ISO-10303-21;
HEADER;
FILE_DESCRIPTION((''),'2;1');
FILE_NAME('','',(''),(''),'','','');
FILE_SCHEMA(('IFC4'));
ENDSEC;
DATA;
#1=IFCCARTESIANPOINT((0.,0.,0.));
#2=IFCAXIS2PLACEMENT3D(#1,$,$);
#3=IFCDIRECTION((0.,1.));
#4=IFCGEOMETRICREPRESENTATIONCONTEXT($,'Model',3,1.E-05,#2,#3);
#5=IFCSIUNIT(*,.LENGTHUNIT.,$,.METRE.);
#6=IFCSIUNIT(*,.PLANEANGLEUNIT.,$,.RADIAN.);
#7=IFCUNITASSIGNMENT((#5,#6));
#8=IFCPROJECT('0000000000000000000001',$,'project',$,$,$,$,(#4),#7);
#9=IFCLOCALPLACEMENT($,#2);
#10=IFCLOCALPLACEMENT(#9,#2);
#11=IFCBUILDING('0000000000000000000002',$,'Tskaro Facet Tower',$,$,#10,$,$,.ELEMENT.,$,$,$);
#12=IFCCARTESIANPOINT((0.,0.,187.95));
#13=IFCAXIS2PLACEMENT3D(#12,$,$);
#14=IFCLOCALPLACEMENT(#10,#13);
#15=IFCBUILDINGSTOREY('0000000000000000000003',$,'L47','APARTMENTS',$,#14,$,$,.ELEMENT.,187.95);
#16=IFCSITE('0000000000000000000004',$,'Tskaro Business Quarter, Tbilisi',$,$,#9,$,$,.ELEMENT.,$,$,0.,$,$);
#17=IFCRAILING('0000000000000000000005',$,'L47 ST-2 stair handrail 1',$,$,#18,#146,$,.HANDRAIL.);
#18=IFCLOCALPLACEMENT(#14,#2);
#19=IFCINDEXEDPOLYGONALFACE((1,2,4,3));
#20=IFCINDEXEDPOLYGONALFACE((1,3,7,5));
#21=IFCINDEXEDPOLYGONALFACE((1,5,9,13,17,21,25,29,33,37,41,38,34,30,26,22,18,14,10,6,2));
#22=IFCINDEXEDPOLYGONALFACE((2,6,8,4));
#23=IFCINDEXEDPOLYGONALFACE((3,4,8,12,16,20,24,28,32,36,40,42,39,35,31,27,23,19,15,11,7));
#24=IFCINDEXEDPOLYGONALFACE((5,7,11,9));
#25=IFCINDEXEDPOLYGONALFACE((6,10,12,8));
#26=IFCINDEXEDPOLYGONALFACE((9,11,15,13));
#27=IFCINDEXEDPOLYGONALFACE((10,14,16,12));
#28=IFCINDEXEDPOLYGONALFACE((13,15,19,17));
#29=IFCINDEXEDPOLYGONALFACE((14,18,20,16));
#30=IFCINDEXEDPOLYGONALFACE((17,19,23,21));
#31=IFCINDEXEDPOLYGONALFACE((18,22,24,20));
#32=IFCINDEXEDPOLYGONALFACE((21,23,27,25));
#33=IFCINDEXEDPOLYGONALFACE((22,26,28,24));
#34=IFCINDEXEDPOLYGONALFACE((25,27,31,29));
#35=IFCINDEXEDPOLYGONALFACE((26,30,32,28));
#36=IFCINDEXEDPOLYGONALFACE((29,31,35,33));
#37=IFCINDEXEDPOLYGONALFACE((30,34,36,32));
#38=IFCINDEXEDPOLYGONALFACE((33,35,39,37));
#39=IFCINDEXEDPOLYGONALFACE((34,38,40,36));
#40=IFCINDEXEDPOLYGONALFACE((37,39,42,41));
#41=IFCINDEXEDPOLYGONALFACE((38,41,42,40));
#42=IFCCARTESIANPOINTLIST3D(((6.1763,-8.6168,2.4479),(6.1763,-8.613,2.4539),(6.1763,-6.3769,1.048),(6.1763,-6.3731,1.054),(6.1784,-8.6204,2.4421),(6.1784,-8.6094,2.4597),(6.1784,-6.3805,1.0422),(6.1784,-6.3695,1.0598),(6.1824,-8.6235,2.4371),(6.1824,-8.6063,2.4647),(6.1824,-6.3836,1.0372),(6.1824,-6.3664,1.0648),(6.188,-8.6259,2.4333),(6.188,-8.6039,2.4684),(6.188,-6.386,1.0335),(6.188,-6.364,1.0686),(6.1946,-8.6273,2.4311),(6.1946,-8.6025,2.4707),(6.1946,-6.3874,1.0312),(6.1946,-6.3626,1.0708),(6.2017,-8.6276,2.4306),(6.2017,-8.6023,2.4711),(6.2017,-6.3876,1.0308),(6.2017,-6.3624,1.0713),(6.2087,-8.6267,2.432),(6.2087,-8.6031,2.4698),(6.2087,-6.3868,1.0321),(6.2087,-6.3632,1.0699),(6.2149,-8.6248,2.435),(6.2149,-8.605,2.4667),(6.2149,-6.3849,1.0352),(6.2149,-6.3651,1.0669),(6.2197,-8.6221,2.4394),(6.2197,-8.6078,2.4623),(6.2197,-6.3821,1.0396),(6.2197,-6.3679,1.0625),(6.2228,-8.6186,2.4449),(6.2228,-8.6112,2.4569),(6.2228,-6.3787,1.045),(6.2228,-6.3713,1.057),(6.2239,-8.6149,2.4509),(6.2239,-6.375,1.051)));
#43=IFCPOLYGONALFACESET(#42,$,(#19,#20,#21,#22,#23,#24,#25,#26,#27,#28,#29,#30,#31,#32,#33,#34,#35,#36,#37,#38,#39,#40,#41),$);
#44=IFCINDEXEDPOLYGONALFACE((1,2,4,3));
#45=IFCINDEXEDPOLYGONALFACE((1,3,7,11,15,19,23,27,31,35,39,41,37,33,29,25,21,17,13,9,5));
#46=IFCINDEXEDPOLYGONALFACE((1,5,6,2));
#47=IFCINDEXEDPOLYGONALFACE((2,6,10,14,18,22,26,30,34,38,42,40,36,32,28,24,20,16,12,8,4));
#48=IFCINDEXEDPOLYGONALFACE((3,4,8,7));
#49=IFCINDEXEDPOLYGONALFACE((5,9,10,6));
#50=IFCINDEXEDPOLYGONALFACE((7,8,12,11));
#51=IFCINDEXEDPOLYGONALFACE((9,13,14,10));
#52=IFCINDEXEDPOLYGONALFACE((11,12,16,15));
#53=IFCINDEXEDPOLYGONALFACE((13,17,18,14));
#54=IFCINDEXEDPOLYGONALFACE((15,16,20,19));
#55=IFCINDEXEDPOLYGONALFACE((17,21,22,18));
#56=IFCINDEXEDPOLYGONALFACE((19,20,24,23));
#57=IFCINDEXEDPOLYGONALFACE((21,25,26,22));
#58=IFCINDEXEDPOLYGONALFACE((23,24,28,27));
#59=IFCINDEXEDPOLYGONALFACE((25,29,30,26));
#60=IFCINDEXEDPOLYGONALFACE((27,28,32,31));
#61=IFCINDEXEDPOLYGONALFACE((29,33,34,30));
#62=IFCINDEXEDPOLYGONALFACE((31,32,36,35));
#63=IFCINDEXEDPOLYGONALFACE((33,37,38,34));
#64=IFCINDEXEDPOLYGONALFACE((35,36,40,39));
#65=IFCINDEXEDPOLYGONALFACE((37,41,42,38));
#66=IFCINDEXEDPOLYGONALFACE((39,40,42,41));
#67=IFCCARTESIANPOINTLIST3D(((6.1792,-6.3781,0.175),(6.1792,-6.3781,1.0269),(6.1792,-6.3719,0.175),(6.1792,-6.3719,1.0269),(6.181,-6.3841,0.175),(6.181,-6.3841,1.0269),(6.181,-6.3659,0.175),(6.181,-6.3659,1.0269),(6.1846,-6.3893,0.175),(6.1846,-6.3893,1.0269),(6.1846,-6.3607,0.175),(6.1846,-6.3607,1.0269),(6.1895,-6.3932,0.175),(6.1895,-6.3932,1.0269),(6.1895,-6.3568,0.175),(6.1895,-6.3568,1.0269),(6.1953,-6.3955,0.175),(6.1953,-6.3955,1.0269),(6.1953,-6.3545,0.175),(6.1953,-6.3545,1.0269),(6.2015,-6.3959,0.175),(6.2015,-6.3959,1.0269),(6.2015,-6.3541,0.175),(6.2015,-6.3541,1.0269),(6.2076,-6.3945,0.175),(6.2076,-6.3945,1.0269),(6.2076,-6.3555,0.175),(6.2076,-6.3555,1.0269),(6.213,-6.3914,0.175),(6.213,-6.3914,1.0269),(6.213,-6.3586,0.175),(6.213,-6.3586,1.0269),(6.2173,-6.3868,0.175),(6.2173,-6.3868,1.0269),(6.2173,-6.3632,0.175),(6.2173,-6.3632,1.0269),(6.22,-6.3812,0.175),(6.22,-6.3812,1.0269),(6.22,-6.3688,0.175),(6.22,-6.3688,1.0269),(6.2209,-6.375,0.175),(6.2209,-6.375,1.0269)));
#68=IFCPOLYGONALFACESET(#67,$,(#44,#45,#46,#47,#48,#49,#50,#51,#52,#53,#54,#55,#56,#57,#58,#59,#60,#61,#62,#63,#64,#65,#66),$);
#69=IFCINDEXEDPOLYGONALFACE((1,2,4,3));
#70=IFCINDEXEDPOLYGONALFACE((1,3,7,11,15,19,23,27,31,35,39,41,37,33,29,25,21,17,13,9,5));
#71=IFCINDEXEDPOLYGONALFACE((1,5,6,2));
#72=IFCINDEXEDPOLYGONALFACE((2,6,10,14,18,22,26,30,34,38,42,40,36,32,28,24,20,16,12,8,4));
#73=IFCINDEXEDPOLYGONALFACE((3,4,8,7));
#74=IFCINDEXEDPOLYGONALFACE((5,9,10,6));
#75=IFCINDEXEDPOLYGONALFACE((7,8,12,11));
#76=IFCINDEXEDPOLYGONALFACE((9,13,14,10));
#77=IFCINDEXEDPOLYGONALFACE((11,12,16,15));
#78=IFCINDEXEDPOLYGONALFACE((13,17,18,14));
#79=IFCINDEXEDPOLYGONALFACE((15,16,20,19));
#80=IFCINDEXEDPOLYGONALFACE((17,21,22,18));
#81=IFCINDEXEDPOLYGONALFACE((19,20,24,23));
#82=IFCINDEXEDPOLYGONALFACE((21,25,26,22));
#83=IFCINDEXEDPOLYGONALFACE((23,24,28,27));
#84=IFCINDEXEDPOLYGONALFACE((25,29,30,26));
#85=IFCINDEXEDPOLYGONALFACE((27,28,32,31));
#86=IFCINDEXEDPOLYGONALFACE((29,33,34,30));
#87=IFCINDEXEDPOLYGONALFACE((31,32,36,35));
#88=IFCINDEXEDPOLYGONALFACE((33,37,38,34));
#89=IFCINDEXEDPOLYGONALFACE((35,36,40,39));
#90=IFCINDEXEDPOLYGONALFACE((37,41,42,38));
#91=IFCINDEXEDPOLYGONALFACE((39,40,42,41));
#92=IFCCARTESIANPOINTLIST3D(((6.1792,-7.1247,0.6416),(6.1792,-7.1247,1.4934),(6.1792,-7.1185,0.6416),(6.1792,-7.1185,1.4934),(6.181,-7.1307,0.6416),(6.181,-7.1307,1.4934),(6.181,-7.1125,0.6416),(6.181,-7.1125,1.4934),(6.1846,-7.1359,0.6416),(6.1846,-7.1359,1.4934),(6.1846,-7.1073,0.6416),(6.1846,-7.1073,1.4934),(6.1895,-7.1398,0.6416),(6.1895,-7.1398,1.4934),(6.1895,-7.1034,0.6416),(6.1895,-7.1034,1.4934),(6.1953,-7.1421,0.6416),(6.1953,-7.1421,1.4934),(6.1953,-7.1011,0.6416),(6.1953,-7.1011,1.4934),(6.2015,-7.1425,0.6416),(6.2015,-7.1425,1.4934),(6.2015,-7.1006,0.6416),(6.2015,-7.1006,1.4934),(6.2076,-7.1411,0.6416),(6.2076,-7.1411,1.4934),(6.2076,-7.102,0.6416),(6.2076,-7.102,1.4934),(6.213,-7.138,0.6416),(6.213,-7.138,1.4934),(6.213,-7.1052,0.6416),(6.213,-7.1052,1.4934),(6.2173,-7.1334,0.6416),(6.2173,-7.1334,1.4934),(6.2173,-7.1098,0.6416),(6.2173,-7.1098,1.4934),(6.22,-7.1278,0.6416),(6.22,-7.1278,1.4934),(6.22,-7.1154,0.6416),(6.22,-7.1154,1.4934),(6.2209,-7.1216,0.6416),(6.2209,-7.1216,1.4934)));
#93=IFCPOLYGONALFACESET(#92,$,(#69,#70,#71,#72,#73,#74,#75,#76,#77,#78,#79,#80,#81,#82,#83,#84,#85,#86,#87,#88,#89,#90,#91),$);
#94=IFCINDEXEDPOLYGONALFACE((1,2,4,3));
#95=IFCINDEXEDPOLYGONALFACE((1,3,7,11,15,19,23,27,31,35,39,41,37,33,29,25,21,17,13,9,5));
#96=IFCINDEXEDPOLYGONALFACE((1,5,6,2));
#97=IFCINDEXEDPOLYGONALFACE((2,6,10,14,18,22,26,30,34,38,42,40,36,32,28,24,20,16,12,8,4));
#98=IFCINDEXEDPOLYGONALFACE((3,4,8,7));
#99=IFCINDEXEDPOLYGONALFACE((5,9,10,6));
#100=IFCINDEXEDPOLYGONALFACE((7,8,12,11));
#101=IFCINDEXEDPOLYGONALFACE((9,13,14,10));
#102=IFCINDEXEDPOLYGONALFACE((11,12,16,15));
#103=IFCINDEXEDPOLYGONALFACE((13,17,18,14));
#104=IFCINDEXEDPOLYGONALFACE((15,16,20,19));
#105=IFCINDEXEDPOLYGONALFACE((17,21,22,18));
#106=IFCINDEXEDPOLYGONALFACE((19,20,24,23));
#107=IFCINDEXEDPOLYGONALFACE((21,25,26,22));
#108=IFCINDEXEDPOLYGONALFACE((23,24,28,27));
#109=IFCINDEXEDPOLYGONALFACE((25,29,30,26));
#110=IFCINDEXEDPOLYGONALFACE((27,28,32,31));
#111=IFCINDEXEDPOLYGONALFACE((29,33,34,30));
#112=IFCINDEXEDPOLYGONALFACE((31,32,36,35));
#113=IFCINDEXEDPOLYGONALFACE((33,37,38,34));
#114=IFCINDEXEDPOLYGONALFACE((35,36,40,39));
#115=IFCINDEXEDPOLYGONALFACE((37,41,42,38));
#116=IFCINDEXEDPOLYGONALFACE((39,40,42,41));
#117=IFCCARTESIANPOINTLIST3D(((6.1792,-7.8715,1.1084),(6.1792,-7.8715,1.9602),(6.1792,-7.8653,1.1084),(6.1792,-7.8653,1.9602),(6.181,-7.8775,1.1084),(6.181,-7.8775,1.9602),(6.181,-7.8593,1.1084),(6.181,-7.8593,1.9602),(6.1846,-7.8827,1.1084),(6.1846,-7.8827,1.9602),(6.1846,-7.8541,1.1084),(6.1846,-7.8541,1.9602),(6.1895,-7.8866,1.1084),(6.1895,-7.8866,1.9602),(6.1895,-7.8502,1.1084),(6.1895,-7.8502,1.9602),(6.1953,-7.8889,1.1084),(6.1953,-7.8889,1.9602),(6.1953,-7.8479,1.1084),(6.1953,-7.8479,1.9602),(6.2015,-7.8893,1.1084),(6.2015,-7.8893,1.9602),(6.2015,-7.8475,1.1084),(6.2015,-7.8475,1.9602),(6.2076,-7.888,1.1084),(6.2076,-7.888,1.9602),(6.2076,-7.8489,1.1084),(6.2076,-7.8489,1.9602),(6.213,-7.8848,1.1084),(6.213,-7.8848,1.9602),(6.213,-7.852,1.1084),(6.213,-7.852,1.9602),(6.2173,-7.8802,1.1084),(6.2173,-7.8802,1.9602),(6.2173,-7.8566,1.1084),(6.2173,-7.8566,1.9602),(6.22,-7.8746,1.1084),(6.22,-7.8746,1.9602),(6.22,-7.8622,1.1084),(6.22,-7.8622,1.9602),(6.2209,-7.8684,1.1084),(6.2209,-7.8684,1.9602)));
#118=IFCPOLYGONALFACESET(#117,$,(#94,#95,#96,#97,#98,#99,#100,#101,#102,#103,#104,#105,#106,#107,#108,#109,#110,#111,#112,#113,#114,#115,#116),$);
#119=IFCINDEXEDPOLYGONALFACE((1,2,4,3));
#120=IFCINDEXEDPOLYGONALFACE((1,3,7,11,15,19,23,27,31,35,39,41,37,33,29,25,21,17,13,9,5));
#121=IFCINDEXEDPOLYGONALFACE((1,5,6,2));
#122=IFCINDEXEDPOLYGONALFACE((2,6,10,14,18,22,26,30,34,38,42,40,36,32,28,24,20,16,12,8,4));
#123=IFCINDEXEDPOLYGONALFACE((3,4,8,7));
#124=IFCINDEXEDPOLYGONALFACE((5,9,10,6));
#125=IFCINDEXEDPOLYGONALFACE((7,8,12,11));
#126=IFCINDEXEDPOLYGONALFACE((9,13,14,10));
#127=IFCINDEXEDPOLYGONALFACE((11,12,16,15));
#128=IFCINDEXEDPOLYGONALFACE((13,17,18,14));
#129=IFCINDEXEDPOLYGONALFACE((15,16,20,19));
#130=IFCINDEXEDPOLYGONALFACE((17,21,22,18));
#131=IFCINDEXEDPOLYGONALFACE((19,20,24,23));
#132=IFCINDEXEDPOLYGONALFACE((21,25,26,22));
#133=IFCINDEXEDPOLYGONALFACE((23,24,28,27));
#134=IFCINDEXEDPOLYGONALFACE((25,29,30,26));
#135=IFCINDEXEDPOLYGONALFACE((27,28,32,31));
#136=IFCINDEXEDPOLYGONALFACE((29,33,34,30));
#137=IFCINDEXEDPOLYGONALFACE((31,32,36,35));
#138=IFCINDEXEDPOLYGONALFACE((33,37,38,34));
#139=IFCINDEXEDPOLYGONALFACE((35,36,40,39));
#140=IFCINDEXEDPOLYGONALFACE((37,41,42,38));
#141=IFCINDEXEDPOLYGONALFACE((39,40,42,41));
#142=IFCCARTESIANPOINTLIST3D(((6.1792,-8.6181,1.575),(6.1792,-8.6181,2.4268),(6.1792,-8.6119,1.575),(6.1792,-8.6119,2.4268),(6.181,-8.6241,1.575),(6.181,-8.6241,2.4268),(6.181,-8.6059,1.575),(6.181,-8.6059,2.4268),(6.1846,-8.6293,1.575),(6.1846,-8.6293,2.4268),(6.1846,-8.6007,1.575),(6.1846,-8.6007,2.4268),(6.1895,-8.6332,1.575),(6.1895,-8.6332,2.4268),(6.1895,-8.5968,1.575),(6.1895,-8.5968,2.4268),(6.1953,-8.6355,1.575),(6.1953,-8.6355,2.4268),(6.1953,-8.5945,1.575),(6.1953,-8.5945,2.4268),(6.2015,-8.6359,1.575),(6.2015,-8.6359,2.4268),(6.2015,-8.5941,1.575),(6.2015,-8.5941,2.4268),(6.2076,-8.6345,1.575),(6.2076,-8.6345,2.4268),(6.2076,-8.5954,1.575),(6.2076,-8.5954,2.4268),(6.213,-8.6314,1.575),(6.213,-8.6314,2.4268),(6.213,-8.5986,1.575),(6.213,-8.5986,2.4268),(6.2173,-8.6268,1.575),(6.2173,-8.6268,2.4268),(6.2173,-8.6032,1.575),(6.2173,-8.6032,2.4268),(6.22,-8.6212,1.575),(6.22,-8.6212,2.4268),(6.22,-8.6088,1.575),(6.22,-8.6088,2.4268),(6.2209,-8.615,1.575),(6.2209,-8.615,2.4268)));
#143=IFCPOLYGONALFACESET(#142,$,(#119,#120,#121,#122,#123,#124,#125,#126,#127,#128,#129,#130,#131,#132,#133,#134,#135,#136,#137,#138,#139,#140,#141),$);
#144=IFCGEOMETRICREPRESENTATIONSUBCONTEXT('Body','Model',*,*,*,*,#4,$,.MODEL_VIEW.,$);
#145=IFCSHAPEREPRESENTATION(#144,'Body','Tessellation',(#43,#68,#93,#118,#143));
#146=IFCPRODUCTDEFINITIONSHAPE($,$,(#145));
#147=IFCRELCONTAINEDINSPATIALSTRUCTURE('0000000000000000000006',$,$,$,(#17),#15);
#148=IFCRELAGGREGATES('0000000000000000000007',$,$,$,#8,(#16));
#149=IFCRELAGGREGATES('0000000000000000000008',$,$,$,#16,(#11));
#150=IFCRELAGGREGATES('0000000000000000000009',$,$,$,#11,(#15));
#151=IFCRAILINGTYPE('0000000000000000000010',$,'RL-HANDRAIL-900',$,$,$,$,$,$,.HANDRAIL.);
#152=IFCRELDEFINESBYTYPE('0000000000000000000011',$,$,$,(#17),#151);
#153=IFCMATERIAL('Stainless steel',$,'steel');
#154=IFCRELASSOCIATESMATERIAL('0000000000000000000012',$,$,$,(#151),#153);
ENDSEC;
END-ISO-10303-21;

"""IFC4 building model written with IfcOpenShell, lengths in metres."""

from ifc_helpers import new_model, si_unit, direction, frame, origin, origin_2d, place, context, subcontext, project, spatial, circle, extrude, material, type_object, element, save


model = new_model("IFC4")

# Units and contexts
model_context = context("Model", 3, precision=1e-05, world=origin(), true_north=direction((0.0, 1.0)))
body_context = subcontext(model_context, "Body", "Model", "MODEL_VIEW")
ifc_project = project(units=[si_unit("LENGTHUNIT", "METRE"), si_unit("PLANEANGLEUNIT", "RADIAN")], contexts=[model_context])

# Site, building, storey
site_placement = place(None, origin())
site = spatial("IfcSite", under=ifc_project, at=site_placement, Name="Tskaro Business Quarter, Tbilisi", CompositionType="ELEMENT", RefElevation=0.0)
building_placement = place(site_placement, origin())
building = spatial("IfcBuilding", under=site, at=building_placement, Name="Tskaro Facet Tower", CompositionType="ELEMENT")
storey_placement = place(building_placement, frame((0.0, 0.0, 187.95)))
storey = spatial("IfcBuildingStorey", under=building, at=storey_placement, Name="L47", Description="APARTMENTS", CompositionType="ELEMENT", Elevation=187.95)

# Shared definitions
ifc_material_1 = material(Name="Stainless steel", Category="steel")

# Railing
railing_type_1 = type_object("IfcRailingType", Name="RL-HANDRAIL-900", PredefinedType="HANDRAIL", material=ifc_material_1)
railing_1_placement = place(storey_placement, frame((6.2, -6.375, 0.175)))
element("IfcRailing", 1, at=railing_1_placement, inside=storey, type_object=railing_type_1, Name="L47 ST-2 stair handrail 1", PredefinedType="HANDRAIL", context=body_context, shape_type="SweptSolid", body=[
    extrude(circle(Radius=0.0239, at=origin_2d()), frame((0.0, 0.0, 0.876), z_axis=(0.0, -0.848014, 0.529974), x_axis=(1.0, 0.0, 0.0)), (0.0, 0.0, 1.0), 2.6414),
    extrude(circle(Radius=0.021, at=origin_2d()), origin(), (0.0, 0.0, 1.0), 0.8518),
    extrude(circle(Radius=0.021, at=origin_2d()), frame((0.0, -0.7466, 0.4666)), (0.0, 0.0, 1.0), 0.8518),
    extrude(circle(Radius=0.021, at=origin_2d()), frame((0.0, -1.4934, 0.9333)), (0.0, 0.0, 1.0), 0.8518),
    extrude(circle(Radius=0.021, at=origin_2d()), frame((0.0, -2.24, 1.3999)), (0.0, 0.0, 1.0), 0.8518),
])

save(model, "model.ifc")
